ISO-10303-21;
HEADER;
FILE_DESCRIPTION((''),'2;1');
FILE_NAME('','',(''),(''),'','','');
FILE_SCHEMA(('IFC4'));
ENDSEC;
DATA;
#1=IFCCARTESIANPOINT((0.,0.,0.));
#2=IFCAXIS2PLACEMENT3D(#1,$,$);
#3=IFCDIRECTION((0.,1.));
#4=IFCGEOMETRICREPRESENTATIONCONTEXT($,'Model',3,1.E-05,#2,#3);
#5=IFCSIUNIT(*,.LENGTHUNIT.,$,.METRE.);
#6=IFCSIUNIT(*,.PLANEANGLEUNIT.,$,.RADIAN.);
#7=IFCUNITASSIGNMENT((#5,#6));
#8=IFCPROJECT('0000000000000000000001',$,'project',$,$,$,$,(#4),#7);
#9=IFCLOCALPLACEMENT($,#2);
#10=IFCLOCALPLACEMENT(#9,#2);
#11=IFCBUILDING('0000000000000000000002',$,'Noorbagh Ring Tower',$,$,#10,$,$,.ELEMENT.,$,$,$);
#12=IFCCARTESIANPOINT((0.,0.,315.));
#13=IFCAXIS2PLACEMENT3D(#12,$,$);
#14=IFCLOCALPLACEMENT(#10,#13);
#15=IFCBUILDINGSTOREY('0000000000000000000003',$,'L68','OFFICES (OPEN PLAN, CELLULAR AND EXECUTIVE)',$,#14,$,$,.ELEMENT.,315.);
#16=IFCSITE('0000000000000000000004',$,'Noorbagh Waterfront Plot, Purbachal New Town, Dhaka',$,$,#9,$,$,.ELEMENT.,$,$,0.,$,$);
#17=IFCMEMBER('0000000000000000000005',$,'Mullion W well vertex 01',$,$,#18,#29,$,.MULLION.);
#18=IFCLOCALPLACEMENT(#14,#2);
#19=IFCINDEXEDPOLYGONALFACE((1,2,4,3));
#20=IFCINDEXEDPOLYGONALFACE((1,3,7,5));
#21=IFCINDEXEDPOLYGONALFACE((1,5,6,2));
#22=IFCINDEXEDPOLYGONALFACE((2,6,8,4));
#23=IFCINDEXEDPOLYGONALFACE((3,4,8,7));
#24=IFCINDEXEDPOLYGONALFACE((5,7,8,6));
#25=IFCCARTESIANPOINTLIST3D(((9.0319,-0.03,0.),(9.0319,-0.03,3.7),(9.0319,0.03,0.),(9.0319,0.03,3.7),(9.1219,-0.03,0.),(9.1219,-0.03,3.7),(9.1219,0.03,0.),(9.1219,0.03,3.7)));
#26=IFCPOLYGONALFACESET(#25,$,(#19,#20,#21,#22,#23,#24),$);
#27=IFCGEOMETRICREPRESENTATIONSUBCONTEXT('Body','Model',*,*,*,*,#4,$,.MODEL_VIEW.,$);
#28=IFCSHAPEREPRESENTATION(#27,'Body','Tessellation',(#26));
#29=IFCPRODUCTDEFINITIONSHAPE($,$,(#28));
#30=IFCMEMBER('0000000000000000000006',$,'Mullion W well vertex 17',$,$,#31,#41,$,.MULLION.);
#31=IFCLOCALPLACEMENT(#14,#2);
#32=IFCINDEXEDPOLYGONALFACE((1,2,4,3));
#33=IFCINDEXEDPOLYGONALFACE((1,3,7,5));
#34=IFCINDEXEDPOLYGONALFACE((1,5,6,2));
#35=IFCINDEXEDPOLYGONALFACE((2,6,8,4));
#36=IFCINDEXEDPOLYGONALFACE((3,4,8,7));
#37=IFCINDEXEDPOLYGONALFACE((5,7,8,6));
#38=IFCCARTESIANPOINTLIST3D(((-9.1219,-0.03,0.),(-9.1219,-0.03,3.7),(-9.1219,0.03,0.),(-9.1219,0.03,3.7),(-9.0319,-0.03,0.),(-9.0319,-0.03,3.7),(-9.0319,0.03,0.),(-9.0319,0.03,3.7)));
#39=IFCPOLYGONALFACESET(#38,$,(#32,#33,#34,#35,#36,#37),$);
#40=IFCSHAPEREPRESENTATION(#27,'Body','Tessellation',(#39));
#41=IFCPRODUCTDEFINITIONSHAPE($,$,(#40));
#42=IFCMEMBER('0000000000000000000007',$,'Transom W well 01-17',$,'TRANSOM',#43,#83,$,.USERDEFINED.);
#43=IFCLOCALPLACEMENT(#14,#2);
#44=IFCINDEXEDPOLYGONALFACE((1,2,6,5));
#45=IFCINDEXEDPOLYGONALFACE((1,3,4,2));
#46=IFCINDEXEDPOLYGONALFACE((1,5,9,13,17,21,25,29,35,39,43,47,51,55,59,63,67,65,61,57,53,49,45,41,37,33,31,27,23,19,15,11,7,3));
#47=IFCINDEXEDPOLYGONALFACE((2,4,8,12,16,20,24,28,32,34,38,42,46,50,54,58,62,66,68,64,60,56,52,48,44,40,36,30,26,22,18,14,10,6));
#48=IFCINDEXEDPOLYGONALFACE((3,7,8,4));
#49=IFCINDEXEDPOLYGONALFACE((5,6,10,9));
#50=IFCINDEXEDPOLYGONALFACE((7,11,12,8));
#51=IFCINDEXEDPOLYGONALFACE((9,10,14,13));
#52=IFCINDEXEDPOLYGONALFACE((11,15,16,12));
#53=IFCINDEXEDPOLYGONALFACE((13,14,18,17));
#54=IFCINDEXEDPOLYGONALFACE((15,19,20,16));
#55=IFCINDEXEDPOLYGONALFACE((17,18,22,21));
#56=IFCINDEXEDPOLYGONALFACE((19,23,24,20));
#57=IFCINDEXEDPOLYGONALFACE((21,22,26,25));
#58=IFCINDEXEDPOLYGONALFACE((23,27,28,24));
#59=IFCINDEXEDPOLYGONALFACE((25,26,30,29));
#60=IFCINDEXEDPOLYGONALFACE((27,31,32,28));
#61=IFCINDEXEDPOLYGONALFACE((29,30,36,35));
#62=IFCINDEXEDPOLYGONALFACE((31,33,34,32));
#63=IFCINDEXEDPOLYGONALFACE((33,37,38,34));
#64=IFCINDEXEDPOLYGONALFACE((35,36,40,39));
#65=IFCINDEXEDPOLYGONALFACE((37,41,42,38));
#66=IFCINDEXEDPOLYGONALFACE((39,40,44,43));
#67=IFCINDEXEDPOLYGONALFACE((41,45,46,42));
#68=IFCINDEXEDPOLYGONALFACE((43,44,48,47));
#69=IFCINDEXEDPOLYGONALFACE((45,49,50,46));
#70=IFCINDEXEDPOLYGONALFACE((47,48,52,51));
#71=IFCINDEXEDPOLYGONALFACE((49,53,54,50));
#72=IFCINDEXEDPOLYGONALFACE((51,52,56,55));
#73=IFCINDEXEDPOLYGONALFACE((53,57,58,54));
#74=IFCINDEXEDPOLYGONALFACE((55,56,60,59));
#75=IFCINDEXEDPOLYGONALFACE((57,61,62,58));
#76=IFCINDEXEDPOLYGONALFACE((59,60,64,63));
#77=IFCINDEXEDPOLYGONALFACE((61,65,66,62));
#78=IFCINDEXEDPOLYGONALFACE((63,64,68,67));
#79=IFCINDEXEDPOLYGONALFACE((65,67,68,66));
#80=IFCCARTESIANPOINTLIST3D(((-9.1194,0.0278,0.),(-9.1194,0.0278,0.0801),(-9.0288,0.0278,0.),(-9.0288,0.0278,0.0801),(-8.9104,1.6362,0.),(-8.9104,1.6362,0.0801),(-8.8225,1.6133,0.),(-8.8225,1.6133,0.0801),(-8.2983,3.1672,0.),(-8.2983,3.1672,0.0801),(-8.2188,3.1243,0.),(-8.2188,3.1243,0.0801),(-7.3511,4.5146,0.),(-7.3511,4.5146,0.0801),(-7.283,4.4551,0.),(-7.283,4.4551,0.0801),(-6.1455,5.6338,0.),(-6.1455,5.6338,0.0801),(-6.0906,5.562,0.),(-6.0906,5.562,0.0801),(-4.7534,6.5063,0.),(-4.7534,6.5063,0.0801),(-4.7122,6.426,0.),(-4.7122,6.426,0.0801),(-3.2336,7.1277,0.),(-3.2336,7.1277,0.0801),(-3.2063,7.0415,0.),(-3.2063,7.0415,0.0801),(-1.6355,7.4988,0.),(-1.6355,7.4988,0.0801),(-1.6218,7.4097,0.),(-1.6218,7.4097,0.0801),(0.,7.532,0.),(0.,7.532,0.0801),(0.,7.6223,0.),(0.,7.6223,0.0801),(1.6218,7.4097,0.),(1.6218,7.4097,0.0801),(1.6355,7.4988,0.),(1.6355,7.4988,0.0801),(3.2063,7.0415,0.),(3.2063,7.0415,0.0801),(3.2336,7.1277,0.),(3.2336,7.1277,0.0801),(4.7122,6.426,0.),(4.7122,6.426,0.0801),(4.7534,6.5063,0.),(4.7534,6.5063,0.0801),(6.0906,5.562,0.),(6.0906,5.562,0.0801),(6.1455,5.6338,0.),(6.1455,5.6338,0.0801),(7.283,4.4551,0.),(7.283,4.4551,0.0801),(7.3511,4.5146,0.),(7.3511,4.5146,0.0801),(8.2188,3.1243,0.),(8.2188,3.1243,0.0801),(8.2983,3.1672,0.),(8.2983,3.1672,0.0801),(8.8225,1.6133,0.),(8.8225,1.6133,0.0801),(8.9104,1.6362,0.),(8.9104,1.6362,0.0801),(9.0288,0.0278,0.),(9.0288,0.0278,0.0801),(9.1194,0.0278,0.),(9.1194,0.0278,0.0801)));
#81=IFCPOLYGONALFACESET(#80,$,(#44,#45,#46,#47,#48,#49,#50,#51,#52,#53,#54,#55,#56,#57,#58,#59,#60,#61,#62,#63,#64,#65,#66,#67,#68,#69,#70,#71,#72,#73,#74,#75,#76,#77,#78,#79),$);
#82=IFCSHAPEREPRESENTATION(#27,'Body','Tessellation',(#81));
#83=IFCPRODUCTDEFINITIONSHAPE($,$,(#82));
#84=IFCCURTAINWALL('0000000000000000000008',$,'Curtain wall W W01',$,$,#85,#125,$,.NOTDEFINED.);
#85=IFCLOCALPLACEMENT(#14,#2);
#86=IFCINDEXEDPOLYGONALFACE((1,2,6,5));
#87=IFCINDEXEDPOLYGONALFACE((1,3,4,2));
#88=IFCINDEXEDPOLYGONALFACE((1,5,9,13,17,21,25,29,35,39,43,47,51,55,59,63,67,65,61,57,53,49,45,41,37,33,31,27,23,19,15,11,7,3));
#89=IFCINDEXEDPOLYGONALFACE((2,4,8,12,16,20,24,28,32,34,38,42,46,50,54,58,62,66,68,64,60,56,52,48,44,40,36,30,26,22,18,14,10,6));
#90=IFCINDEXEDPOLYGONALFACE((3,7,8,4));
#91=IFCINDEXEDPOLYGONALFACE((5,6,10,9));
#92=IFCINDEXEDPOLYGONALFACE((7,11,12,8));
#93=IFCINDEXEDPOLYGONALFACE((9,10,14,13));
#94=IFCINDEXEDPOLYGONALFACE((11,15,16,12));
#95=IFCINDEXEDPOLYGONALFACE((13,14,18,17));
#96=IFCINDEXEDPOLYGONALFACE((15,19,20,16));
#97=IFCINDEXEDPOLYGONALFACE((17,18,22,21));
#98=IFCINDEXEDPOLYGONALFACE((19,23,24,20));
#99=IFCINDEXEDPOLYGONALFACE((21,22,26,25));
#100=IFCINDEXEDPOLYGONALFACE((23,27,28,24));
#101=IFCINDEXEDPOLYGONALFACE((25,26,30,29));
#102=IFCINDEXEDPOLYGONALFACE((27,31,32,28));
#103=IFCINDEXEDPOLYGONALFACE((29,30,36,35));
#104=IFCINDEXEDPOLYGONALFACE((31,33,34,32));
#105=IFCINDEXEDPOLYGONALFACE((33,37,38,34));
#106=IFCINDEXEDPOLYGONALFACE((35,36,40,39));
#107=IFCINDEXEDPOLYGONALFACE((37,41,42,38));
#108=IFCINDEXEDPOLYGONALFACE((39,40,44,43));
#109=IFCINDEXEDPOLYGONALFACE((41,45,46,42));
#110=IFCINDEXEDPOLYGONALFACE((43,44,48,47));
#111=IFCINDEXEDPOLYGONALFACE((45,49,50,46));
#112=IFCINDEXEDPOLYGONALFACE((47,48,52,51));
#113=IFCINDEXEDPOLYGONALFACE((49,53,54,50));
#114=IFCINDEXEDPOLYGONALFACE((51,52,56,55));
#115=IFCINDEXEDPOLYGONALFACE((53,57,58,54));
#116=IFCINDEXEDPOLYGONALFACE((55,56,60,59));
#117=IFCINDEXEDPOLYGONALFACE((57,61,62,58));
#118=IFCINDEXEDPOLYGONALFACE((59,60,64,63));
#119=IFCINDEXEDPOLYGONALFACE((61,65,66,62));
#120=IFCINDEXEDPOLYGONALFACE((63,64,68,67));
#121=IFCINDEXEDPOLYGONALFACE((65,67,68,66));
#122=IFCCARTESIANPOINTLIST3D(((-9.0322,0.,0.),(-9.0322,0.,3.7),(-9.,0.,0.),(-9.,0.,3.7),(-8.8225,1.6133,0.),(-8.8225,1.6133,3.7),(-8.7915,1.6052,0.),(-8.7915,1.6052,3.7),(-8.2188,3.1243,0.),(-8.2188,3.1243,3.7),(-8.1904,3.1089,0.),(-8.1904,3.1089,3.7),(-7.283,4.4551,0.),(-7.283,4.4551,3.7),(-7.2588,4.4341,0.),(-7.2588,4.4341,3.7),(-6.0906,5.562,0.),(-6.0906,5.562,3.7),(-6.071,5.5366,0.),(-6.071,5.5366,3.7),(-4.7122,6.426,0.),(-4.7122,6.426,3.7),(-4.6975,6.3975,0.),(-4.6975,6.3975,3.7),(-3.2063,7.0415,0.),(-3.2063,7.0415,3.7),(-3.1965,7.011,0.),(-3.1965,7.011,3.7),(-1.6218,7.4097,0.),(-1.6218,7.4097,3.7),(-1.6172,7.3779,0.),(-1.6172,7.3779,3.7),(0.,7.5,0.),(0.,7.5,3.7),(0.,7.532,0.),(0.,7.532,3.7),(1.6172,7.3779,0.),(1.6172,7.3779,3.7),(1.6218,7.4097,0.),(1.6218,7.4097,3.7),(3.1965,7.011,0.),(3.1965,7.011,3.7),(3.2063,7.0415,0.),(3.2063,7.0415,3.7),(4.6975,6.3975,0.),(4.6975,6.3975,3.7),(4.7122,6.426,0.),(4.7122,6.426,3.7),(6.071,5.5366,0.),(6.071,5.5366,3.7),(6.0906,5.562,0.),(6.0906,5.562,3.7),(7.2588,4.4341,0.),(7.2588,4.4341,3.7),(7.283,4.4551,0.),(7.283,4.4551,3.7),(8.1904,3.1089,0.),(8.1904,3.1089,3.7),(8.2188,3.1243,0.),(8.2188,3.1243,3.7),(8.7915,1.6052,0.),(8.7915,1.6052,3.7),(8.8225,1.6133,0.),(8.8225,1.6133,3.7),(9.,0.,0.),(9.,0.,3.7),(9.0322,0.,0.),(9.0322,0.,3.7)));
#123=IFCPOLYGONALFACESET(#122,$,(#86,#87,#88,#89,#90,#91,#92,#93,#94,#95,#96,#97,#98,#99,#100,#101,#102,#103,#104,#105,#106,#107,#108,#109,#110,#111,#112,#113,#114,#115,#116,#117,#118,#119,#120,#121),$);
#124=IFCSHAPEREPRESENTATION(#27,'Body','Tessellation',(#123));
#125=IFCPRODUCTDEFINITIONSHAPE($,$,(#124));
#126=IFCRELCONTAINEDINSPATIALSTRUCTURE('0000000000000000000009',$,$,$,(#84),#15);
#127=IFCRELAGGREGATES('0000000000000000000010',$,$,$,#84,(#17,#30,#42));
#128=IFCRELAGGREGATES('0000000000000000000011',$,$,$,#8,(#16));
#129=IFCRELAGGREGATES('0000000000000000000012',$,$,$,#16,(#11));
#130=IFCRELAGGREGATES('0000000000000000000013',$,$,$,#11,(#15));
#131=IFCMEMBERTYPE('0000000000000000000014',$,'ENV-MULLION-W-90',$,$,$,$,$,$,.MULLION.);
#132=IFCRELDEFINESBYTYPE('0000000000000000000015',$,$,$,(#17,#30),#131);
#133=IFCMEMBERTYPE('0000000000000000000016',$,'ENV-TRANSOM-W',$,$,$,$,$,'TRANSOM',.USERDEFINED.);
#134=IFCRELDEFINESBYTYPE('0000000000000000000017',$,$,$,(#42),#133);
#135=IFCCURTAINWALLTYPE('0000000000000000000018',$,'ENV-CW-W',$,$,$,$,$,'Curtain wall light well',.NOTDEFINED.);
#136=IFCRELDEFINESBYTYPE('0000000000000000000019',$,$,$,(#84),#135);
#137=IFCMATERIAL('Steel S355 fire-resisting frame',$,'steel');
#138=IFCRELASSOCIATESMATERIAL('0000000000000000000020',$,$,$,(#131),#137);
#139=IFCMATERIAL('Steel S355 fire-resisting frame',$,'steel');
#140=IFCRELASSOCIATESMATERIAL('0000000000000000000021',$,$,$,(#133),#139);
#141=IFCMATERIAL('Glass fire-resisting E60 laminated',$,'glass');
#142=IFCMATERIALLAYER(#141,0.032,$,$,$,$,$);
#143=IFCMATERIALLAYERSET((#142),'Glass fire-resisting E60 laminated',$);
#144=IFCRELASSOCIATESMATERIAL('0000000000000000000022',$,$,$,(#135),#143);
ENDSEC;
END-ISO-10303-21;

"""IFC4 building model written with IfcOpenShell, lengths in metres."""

from ifc_helpers import new_model, si_unit, direction, frame, origin, origin_2d, place, context, subcontext, project, spatial, polyline, rectangle, outline, extrude, material, layer, layer_set, material_profile, profile_set, type_object, element, aggregate, save


model = new_model("IFC4")

# Units and contexts
model_context = context("Model", 3, precision=1e-05, world=origin(), true_north=direction((0.0, 1.0)))
body_context = subcontext(model_context, "Body", "Model", "MODEL_VIEW")
ifc_project = project(units=[si_unit("LENGTHUNIT", "METRE"), si_unit("PLANEANGLEUNIT", "RADIAN")], contexts=[model_context])

# Members
site_placement = place(None, origin())
building_placement = place(site_placement, origin())
storey_placement = place(building_placement, frame((0.0, 0.0, 315.0)))
ifc_material_1 = material(Name="Steel S355 fire-resisting frame", Category="steel")
ifc_material_profile_1 = material_profile(ifc_material_1, rectangle(XDim=0.0901, YDim=0.0601, at=origin_2d()), Name="90x60")
ifc_profile_set_1 = profile_set([ifc_material_profile_1], Name="Steel S355 fire-resisting frame")
member_type_1 = type_object("IfcMemberType", Name="ENV-MULLION-W-90", PredefinedType="MULLION", material=ifc_profile_set_1)
member_1_placement = place(storey_placement, frame((9.0769, 0.0, 0.0), z_axis=(0.0, 0.0, 1.0), x_axis=(1.0, 0.0, 0.0)))
member_1 = element("IfcMember", 1, at=member_1_placement, type_object=member_type_1, Name="Mullion W well vertex 01", PredefinedType="MULLION", context=body_context, shape_type="SweptSolid", body=[
    extrude(rectangle(XDim=0.0901, YDim=0.0601, at=origin_2d()), origin(), (0.0, 0.0, 1.0), 3.7),
])
member_2_placement = place(storey_placement, frame((-9.0769, 0.0, 0.0), z_axis=(0.0, 0.0, 1.0), x_axis=(-1.0, 0.0, 0.0)))
member_2 = element("IfcMember", 2, at=member_2_placement, type_object=member_type_1, Name="Mullion W well vertex 17", PredefinedType="MULLION", context=body_context, shape_type="SweptSolid", body=[
    extrude(rectangle(XDim=0.0901, YDim=0.0601, at=origin_2d()), origin(), (0.0, 0.0, 1.0), 3.7),
])
ifc_material_2 = material(Name="Steel S355 fire-resisting frame", Category="steel")
member_type_2 = type_object("IfcMemberType", Name="ENV-TRANSOM-W", ElementType="TRANSOM", PredefinedType="USERDEFINED", material=ifc_material_2)
member_3_placement = place(storey_placement, origin())
member_3 = element("IfcMember", 3, at=member_3_placement, type_object=member_type_2, Name="Transom W well 01-17", ObjectType="TRANSOM", PredefinedType="USERDEFINED", context=body_context, shape_type="SweptSolid", body=[
    extrude(outline(polyline([(9.1194, 0.0278), (8.9104, 1.6362), (8.2983, 3.1672), (7.3511, 4.5146), (6.1455, 5.6338), (4.7534, 6.5063), (3.2336, 7.1277), (1.6355, 7.4988), (0.0, 7.6223), (-1.6355, 7.4988), (-3.2336, 7.1277), (-4.7534, 6.5063), (-6.1455, 5.6338), (-7.3511, 4.5146), (-8.2983, 3.1672), (-8.9104, 1.6362), (-9.1194, 0.0278), (-9.0288, 0.0278), (-8.8225, 1.6133), (-8.2188, 3.1243), (-7.283, 4.4551), (-6.0906, 5.562), (-4.7122, 6.426), (-3.2063, 7.0415), (-1.6218, 7.4097), (0.0, 7.532), (1.6218, 7.4097), (3.2063, 7.0415), (4.7122, 6.426), (6.0906, 5.562), (7.283, 4.4551), (8.2188, 3.1243), (8.8225, 1.6133), (9.0288, 0.0278), (9.1194, 0.0278)])), origin(), (0.0, 0.0, 1.0), 0.0801),
])

# Site, building, storey
site = spatial("IfcSite", under=ifc_project, at=site_placement, Name="Noorbagh Waterfront Plot, Purbachal New Town, Dhaka", CompositionType="ELEMENT", RefElevation=0.0)
building = spatial("IfcBuilding", under=site, at=building_placement, Name="Noorbagh Ring Tower", CompositionType="ELEMENT")
storey = spatial("IfcBuildingStorey", under=building, at=storey_placement, Name="L68", Description="OFFICES (OPEN PLAN, CELLULAR AND EXECUTIVE)", CompositionType="ELEMENT", Elevation=315.0)

# Curtain wall
ifc_material_3 = material(Name="Glass fire-resisting E60 laminated", Category="glass")
ifc_layer_1 = layer(ifc_material_3, 0.032)
ifc_layer_set_1 = layer_set([ifc_layer_1], Name="Glass fire-resisting E60 laminated")
curtain_wall_type_1 = type_object("IfcCurtainWallType", Name="ENV-CW-W", ElementType="Curtain wall light well", PredefinedType="NOTDEFINED", material=ifc_layer_set_1)
curtain_wall_1_placement = place(storey_placement, origin())
curtain_wall_1 = element("IfcCurtainWall", 4, at=curtain_wall_1_placement, inside=storey, type_object=curtain_wall_type_1, Name="Curtain wall W W01", PredefinedType="NOTDEFINED", context=body_context, shape_type="SweptSolid", body=[
    extrude(outline(polyline([(9.0322, 0.0), (8.8225, 1.6133), (8.2188, 3.1243), (7.283, 4.4551), (6.0906, 5.562), (4.7122, 6.426), (3.2063, 7.0415), (1.6218, 7.4097), (0.0, 7.532), (-1.6218, 7.4097), (-3.2063, 7.0415), (-4.7122, 6.426), (-6.0906, 5.562), (-7.283, 4.4551), (-8.2188, 3.1243), (-8.8225, 1.6133), (-9.0322, 0.0), (-9.0, 0.0), (-8.7915, 1.6052), (-8.1904, 3.1089), (-7.2588, 4.4341), (-6.071, 5.5366), (-4.6975, 6.3975), (-3.1965, 7.011), (-1.6172, 7.3779), (0.0, 7.5), (1.6172, 7.3779), (3.1965, 7.011), (4.6975, 6.3975), (6.071, 5.5366), (7.2588, 4.4341), (8.1904, 3.1089), (8.7915, 1.6052), (9.0, 0.0), (9.0322, 0.0)])), origin(), (0.0, 0.0, 1.0), 3.7),
])
aggregate(curtain_wall_1, [member_1, member_2, member_3])

save(model, "model.ifc")
